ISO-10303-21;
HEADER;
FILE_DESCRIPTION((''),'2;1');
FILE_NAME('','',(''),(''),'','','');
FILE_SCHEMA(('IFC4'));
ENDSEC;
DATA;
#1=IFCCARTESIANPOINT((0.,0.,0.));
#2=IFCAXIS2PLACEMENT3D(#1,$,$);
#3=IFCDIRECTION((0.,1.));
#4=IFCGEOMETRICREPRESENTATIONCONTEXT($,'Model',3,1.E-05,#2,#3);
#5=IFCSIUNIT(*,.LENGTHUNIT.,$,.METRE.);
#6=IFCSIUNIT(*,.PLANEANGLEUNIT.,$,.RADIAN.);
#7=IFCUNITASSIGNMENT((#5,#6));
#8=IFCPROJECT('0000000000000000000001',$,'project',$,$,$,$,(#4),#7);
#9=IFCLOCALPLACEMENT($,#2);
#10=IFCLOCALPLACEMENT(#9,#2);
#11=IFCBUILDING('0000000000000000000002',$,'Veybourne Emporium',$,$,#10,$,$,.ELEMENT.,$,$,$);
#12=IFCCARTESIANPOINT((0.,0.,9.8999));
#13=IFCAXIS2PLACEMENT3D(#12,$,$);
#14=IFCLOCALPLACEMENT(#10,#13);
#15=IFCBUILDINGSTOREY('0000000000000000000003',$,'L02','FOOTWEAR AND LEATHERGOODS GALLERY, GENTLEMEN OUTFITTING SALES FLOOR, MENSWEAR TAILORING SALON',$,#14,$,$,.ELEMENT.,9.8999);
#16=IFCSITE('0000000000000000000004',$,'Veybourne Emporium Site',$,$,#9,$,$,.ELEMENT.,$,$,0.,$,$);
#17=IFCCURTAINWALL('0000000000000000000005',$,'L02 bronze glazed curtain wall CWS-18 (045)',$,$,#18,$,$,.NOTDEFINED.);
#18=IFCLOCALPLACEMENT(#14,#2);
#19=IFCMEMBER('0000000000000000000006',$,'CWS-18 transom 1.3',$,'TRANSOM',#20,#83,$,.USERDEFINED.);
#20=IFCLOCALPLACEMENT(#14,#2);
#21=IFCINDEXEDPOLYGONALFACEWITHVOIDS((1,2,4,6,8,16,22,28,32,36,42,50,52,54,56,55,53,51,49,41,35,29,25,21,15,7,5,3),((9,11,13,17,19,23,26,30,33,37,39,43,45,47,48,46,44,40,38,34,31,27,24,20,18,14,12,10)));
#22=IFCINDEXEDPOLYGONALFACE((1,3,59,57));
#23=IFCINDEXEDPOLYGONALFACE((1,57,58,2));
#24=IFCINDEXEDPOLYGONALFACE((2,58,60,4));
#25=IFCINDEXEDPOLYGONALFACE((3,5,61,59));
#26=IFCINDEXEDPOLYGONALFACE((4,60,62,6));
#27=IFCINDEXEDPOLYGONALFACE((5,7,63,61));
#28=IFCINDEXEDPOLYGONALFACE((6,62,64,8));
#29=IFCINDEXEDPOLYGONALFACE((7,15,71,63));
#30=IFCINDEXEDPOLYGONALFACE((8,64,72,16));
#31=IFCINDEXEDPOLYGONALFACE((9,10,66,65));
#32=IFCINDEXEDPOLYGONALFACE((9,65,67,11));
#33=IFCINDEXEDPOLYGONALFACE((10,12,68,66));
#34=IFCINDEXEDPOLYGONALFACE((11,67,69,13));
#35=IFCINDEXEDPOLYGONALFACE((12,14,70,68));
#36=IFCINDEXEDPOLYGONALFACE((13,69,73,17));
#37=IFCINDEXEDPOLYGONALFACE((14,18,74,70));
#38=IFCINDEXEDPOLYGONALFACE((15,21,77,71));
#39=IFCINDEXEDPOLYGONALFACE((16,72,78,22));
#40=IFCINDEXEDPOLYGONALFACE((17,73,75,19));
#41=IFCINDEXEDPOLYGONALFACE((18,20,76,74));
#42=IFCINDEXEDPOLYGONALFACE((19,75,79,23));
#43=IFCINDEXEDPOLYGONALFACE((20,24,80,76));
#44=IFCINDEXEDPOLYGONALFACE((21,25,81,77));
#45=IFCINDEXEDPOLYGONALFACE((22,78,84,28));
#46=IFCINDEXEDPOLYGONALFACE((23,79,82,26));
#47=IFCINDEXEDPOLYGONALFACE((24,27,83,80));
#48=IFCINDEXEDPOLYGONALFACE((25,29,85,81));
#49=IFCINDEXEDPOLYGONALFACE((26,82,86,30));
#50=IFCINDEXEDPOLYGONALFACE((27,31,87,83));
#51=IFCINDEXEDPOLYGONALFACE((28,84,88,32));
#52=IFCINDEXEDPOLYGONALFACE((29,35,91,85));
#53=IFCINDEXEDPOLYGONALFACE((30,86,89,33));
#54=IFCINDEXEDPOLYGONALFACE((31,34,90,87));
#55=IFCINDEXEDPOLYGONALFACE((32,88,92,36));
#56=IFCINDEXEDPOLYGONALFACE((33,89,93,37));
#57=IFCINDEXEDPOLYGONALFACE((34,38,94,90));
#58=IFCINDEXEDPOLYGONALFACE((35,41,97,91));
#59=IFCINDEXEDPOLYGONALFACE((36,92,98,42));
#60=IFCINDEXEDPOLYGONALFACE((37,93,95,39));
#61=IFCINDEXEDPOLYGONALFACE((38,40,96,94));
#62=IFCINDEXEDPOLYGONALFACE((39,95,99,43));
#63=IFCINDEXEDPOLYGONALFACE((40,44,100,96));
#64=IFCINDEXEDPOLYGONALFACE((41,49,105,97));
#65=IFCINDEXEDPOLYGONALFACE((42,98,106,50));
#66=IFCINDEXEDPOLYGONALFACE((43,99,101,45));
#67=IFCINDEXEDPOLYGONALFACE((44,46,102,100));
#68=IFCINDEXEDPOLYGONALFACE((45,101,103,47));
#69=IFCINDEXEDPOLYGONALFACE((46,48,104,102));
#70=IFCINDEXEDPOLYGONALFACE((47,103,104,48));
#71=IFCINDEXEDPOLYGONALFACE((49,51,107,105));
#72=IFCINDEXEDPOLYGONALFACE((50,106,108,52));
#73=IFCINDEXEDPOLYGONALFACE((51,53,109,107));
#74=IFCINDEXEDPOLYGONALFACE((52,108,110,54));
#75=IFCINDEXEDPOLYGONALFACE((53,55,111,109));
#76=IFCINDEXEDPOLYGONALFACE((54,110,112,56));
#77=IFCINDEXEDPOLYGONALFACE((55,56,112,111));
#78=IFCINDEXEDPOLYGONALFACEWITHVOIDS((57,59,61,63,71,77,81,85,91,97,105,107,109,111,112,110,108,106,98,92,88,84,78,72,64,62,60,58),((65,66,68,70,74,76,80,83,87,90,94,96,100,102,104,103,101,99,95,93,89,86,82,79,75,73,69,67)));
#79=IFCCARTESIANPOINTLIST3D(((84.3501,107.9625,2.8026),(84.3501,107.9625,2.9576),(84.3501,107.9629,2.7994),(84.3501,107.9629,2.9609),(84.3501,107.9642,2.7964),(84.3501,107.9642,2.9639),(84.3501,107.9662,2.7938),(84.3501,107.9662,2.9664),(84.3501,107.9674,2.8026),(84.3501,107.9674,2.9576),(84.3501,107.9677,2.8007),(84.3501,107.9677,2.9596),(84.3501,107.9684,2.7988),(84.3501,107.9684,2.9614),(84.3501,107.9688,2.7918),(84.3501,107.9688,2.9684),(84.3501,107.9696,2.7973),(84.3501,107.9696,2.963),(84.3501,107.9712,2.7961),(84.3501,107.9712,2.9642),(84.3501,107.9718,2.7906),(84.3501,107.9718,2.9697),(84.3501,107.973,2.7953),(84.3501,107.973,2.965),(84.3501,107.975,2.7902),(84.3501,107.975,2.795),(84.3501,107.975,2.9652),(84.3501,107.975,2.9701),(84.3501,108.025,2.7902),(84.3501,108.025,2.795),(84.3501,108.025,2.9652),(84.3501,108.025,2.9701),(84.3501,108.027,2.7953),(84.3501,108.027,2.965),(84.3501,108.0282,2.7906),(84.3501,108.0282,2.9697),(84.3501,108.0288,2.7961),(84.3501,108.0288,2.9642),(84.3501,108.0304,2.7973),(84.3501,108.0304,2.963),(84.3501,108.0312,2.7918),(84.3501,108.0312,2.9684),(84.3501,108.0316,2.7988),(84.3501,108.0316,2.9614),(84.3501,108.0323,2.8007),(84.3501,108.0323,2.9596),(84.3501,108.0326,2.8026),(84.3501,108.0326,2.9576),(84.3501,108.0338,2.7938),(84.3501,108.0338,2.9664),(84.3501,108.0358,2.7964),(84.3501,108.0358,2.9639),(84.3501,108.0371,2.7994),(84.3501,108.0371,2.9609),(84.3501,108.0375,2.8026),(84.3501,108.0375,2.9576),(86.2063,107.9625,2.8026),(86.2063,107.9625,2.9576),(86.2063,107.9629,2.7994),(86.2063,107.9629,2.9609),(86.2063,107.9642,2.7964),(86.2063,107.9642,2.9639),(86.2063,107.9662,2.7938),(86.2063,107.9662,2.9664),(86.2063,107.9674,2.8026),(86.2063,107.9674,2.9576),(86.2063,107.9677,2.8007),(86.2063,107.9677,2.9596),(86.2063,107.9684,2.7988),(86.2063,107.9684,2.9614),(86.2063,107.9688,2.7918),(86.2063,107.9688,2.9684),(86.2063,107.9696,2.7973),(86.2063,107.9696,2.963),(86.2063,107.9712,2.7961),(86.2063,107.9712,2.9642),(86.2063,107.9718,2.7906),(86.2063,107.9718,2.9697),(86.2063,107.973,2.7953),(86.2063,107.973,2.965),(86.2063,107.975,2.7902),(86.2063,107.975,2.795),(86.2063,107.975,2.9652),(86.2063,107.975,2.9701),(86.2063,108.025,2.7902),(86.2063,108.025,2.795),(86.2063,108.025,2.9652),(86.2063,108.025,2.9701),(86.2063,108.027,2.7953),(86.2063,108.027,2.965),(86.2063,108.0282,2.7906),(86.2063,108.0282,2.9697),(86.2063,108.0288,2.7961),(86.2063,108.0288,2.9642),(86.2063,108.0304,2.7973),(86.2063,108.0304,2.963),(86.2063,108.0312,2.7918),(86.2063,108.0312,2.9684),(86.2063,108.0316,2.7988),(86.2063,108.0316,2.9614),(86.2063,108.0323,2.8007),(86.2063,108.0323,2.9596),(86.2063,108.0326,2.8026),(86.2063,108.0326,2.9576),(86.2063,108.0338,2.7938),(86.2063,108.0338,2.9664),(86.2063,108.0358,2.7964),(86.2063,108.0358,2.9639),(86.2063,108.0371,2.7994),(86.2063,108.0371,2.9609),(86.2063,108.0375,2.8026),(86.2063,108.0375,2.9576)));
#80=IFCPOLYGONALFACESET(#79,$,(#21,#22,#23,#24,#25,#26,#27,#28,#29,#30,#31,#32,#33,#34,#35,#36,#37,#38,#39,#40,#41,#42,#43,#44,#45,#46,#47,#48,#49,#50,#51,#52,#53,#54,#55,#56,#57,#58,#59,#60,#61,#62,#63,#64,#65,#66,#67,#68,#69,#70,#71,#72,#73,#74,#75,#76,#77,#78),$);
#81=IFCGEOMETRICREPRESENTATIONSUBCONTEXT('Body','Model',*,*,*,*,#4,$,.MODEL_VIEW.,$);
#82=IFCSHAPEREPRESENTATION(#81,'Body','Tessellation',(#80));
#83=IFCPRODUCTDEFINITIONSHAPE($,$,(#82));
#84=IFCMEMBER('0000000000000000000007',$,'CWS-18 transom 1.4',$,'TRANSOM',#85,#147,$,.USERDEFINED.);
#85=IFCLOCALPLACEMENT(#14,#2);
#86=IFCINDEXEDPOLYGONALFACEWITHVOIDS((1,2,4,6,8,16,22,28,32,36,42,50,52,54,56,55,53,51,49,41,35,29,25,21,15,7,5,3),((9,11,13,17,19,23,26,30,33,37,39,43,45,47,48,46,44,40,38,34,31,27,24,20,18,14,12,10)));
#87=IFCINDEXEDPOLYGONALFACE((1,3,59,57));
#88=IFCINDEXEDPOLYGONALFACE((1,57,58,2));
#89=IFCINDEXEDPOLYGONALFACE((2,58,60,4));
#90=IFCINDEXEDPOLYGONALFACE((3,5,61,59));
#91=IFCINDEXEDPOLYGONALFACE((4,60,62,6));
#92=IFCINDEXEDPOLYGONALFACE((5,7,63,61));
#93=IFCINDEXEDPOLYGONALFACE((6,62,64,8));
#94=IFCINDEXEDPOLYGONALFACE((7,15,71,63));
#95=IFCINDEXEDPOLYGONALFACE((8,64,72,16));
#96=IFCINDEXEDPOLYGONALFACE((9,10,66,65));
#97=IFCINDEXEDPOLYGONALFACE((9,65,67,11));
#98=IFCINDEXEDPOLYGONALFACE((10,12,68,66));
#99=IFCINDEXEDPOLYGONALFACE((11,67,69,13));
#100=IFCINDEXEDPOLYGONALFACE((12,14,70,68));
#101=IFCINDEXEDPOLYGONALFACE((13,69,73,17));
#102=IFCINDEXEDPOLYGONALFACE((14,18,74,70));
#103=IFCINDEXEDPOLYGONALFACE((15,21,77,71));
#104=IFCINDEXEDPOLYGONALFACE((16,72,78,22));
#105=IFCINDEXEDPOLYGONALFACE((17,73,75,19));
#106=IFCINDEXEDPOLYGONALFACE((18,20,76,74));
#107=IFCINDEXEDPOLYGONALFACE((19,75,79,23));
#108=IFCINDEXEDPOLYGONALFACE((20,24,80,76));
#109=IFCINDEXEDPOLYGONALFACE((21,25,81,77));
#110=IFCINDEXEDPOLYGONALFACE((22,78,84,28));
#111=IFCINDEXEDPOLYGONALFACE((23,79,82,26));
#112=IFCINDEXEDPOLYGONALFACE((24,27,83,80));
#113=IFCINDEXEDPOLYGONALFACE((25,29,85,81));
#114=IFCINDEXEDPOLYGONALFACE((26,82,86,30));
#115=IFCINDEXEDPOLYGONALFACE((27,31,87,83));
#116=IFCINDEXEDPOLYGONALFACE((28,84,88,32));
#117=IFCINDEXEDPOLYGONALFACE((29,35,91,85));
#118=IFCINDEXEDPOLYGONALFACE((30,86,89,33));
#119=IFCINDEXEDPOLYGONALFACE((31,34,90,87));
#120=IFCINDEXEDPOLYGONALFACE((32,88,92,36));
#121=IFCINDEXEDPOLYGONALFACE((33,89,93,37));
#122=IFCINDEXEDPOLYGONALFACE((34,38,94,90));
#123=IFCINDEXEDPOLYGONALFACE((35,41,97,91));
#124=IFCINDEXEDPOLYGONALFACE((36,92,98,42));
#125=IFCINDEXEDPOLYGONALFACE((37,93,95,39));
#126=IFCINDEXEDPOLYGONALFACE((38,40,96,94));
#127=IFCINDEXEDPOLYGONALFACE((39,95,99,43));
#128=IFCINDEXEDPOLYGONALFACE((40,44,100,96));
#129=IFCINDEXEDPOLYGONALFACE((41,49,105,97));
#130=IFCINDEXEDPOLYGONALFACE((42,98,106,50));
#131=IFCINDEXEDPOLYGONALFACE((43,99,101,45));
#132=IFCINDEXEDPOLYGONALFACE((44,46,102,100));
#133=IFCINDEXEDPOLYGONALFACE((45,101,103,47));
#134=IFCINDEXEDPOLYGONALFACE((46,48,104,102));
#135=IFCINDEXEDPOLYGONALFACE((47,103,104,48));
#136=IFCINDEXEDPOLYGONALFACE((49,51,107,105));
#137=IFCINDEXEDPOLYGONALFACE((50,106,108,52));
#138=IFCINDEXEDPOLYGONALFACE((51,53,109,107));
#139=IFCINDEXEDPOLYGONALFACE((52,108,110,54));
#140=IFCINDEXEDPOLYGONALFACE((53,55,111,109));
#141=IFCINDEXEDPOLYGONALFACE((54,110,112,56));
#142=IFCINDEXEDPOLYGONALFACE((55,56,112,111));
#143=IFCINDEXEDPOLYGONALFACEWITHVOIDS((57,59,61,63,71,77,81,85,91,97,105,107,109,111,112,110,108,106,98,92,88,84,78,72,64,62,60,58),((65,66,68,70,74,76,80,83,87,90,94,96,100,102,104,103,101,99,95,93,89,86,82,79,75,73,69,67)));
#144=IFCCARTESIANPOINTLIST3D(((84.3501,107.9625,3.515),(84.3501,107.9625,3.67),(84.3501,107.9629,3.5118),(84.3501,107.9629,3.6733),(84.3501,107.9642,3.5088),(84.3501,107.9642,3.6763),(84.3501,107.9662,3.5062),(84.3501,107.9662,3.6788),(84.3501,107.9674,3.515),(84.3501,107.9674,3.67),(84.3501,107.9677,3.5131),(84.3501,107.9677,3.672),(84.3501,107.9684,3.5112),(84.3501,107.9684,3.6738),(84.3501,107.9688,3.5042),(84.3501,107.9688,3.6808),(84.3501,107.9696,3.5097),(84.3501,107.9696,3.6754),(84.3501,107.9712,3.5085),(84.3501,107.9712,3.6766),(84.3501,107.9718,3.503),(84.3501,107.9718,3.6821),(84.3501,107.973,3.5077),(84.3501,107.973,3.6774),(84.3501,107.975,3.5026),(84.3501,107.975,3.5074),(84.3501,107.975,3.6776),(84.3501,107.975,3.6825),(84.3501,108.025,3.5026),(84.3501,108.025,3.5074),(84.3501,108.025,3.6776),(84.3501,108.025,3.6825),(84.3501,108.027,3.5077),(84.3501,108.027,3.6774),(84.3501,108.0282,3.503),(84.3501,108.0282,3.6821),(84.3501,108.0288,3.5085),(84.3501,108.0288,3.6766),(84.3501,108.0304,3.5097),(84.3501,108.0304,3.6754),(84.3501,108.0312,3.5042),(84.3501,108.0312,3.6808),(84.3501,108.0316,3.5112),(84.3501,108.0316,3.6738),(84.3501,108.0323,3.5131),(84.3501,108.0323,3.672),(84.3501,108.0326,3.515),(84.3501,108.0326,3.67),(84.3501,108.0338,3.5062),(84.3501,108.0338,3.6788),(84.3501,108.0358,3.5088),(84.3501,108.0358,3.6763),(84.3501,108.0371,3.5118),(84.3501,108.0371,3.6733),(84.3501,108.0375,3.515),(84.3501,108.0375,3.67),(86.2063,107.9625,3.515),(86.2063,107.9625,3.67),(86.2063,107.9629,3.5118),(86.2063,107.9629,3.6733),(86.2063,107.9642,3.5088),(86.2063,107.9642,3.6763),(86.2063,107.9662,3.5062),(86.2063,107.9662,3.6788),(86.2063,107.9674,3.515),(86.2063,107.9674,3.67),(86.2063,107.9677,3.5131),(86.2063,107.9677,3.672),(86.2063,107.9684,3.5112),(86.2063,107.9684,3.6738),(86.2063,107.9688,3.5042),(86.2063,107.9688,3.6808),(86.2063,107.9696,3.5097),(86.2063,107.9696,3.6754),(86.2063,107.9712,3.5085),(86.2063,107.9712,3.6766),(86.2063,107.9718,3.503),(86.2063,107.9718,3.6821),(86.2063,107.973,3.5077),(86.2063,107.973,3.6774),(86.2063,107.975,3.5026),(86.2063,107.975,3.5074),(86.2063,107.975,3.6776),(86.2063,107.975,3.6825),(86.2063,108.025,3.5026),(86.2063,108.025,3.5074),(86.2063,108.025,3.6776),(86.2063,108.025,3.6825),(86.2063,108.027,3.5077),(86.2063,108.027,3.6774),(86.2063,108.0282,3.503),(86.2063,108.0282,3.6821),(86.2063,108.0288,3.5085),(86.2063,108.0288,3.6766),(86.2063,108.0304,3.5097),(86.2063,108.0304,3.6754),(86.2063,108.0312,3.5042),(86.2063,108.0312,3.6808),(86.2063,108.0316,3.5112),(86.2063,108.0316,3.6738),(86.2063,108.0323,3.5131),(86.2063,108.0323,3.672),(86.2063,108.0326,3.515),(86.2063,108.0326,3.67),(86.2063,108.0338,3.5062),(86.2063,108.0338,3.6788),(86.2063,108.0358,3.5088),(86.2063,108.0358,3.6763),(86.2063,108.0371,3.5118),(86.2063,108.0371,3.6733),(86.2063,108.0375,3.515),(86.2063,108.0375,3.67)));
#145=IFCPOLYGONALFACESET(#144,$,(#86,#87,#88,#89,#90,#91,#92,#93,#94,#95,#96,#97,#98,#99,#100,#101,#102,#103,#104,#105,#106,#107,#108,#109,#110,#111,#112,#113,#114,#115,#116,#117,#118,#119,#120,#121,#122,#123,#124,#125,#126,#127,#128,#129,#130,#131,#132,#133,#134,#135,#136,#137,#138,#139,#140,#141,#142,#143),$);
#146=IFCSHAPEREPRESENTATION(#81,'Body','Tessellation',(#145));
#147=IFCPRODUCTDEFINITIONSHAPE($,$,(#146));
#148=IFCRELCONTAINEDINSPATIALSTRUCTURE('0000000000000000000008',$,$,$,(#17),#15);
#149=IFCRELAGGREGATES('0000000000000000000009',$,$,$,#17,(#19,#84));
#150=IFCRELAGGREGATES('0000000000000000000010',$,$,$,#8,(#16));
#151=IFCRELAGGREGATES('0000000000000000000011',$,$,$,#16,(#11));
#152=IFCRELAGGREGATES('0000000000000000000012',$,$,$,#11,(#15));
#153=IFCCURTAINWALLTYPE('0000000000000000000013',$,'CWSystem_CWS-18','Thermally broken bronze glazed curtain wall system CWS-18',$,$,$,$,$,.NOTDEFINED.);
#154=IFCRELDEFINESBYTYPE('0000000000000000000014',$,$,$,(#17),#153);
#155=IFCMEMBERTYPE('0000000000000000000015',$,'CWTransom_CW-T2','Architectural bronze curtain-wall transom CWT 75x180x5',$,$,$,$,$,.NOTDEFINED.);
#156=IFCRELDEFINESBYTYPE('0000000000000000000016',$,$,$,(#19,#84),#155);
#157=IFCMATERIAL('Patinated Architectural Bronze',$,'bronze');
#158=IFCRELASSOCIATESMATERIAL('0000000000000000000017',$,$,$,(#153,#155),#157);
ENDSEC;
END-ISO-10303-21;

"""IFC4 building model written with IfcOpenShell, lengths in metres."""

from ifc_helpers import new_model, si_unit, direction, frame, origin, origin_2d, place, context, subcontext, project, spatial, hollow_rectangle, extrude, material, material_profile, profile_set, type_object, element, aggregate, save


model = new_model("IFC4")

# Units and contexts
model_context = context("Model", 3, precision=1e-05, world=origin(), true_north=direction((0.0, 1.0)))
body_context = subcontext(model_context, "Body", "Model", "MODEL_VIEW")
ifc_project = project(units=[si_unit("LENGTHUNIT", "METRE"), si_unit("PLANEANGLEUNIT", "RADIAN")], contexts=[model_context])

# Site, building, storey
site_placement = place(None, origin())
site = spatial("IfcSite", under=ifc_project, at=site_placement, Name="Veybourne Emporium Site", CompositionType="ELEMENT", RefElevation=0.0)
building_placement = place(site_placement, origin())
building = spatial("IfcBuilding", under=site, at=building_placement, Name="Veybourne Emporium", CompositionType="ELEMENT")
storey_placement = place(building_placement, frame((0.0, 0.0, 9.8999)))
storey = spatial("IfcBuildingStorey", under=building, at=storey_placement, Name="L02", Description="FOOTWEAR AND LEATHERGOODS GALLERY, GENTLEMEN OUTFITTING SALES FLOOR, MENSWEAR TAILORING SALON", CompositionType="ELEMENT", Elevation=9.8999)

# Curtain wall, members
ifc_material_1 = material(Name="Patinated Architectural Bronze", Category="bronze")
curtain_wall_type = type_object("IfcCurtainWallType", Name="CWSystem_CWS-18", Description="Thermally broken bronze glazed curtain wall system CWS-18", PredefinedType="NOTDEFINED", material=ifc_material_1)
curtain_wall_placement = place(storey_placement, origin())
curtain_wall = element("IfcCurtainWall", 1, at=curtain_wall_placement, inside=storey, type_object=curtain_wall_type, Name="L02 bronze glazed curtain wall CWS-18 (045)", PredefinedType="NOTDEFINED")
ifc_material_profile_1 = material_profile(ifc_material_1, hollow_rectangle(XDim=0.075, YDim=0.1799, WallThickness=0.0049, InnerFilletRadius=0.0076, OuterFilletRadius=0.0125, at=origin_2d()), Name="CWT 75x180x5")
ifc_profile_set_1 = profile_set([ifc_material_profile_1], Name="Patinated Architectural Bronze")
member_type_1 = type_object("IfcMemberType", Name="CWTransom_CW-T2", Description="Architectural bronze curtain-wall transom CWT 75x180x5", PredefinedType="NOTDEFINED", material=ifc_profile_set_1)
member_1_placement = place(storey_placement, frame((84.3501, 108.0, 2.8801), z_axis=(1.0, 0.0, 0.0), x_axis=(0.0, 1.0, 0.0)))
member_1 = element("IfcMember", 2, at=member_1_placement, type_object=member_type_1, Name="CWS-18 transom 1.3", ObjectType="TRANSOM", PredefinedType="USERDEFINED", context=body_context, shape_type="SweptSolid", body=[
    extrude(hollow_rectangle(XDim=0.075, YDim=0.1799, WallThickness=0.0049, InnerFilletRadius=0.0076, OuterFilletRadius=0.0125, at=origin_2d()), origin(), (0.0, 0.0, 1.0), 1.8562),
])
member_2_placement = place(storey_placement, frame((84.3501, 108.0, 3.5925), z_axis=(1.0, 0.0, 0.0), x_axis=(0.0, 1.0, 0.0)))
member_2 = element("IfcMember", 3, at=member_2_placement, type_object=member_type_1, Name="CWS-18 transom 1.4", ObjectType="TRANSOM", PredefinedType="USERDEFINED", context=body_context, shape_type="SweptSolid", body=[
    extrude(hollow_rectangle(XDim=0.075, YDim=0.1799, WallThickness=0.0049, InnerFilletRadius=0.0076, OuterFilletRadius=0.0125, at=origin_2d()), origin(), (0.0, 0.0, 1.0), 1.8562),
])

aggregate(curtain_wall, [member_1, member_2])

save(model, "model.ifc")
